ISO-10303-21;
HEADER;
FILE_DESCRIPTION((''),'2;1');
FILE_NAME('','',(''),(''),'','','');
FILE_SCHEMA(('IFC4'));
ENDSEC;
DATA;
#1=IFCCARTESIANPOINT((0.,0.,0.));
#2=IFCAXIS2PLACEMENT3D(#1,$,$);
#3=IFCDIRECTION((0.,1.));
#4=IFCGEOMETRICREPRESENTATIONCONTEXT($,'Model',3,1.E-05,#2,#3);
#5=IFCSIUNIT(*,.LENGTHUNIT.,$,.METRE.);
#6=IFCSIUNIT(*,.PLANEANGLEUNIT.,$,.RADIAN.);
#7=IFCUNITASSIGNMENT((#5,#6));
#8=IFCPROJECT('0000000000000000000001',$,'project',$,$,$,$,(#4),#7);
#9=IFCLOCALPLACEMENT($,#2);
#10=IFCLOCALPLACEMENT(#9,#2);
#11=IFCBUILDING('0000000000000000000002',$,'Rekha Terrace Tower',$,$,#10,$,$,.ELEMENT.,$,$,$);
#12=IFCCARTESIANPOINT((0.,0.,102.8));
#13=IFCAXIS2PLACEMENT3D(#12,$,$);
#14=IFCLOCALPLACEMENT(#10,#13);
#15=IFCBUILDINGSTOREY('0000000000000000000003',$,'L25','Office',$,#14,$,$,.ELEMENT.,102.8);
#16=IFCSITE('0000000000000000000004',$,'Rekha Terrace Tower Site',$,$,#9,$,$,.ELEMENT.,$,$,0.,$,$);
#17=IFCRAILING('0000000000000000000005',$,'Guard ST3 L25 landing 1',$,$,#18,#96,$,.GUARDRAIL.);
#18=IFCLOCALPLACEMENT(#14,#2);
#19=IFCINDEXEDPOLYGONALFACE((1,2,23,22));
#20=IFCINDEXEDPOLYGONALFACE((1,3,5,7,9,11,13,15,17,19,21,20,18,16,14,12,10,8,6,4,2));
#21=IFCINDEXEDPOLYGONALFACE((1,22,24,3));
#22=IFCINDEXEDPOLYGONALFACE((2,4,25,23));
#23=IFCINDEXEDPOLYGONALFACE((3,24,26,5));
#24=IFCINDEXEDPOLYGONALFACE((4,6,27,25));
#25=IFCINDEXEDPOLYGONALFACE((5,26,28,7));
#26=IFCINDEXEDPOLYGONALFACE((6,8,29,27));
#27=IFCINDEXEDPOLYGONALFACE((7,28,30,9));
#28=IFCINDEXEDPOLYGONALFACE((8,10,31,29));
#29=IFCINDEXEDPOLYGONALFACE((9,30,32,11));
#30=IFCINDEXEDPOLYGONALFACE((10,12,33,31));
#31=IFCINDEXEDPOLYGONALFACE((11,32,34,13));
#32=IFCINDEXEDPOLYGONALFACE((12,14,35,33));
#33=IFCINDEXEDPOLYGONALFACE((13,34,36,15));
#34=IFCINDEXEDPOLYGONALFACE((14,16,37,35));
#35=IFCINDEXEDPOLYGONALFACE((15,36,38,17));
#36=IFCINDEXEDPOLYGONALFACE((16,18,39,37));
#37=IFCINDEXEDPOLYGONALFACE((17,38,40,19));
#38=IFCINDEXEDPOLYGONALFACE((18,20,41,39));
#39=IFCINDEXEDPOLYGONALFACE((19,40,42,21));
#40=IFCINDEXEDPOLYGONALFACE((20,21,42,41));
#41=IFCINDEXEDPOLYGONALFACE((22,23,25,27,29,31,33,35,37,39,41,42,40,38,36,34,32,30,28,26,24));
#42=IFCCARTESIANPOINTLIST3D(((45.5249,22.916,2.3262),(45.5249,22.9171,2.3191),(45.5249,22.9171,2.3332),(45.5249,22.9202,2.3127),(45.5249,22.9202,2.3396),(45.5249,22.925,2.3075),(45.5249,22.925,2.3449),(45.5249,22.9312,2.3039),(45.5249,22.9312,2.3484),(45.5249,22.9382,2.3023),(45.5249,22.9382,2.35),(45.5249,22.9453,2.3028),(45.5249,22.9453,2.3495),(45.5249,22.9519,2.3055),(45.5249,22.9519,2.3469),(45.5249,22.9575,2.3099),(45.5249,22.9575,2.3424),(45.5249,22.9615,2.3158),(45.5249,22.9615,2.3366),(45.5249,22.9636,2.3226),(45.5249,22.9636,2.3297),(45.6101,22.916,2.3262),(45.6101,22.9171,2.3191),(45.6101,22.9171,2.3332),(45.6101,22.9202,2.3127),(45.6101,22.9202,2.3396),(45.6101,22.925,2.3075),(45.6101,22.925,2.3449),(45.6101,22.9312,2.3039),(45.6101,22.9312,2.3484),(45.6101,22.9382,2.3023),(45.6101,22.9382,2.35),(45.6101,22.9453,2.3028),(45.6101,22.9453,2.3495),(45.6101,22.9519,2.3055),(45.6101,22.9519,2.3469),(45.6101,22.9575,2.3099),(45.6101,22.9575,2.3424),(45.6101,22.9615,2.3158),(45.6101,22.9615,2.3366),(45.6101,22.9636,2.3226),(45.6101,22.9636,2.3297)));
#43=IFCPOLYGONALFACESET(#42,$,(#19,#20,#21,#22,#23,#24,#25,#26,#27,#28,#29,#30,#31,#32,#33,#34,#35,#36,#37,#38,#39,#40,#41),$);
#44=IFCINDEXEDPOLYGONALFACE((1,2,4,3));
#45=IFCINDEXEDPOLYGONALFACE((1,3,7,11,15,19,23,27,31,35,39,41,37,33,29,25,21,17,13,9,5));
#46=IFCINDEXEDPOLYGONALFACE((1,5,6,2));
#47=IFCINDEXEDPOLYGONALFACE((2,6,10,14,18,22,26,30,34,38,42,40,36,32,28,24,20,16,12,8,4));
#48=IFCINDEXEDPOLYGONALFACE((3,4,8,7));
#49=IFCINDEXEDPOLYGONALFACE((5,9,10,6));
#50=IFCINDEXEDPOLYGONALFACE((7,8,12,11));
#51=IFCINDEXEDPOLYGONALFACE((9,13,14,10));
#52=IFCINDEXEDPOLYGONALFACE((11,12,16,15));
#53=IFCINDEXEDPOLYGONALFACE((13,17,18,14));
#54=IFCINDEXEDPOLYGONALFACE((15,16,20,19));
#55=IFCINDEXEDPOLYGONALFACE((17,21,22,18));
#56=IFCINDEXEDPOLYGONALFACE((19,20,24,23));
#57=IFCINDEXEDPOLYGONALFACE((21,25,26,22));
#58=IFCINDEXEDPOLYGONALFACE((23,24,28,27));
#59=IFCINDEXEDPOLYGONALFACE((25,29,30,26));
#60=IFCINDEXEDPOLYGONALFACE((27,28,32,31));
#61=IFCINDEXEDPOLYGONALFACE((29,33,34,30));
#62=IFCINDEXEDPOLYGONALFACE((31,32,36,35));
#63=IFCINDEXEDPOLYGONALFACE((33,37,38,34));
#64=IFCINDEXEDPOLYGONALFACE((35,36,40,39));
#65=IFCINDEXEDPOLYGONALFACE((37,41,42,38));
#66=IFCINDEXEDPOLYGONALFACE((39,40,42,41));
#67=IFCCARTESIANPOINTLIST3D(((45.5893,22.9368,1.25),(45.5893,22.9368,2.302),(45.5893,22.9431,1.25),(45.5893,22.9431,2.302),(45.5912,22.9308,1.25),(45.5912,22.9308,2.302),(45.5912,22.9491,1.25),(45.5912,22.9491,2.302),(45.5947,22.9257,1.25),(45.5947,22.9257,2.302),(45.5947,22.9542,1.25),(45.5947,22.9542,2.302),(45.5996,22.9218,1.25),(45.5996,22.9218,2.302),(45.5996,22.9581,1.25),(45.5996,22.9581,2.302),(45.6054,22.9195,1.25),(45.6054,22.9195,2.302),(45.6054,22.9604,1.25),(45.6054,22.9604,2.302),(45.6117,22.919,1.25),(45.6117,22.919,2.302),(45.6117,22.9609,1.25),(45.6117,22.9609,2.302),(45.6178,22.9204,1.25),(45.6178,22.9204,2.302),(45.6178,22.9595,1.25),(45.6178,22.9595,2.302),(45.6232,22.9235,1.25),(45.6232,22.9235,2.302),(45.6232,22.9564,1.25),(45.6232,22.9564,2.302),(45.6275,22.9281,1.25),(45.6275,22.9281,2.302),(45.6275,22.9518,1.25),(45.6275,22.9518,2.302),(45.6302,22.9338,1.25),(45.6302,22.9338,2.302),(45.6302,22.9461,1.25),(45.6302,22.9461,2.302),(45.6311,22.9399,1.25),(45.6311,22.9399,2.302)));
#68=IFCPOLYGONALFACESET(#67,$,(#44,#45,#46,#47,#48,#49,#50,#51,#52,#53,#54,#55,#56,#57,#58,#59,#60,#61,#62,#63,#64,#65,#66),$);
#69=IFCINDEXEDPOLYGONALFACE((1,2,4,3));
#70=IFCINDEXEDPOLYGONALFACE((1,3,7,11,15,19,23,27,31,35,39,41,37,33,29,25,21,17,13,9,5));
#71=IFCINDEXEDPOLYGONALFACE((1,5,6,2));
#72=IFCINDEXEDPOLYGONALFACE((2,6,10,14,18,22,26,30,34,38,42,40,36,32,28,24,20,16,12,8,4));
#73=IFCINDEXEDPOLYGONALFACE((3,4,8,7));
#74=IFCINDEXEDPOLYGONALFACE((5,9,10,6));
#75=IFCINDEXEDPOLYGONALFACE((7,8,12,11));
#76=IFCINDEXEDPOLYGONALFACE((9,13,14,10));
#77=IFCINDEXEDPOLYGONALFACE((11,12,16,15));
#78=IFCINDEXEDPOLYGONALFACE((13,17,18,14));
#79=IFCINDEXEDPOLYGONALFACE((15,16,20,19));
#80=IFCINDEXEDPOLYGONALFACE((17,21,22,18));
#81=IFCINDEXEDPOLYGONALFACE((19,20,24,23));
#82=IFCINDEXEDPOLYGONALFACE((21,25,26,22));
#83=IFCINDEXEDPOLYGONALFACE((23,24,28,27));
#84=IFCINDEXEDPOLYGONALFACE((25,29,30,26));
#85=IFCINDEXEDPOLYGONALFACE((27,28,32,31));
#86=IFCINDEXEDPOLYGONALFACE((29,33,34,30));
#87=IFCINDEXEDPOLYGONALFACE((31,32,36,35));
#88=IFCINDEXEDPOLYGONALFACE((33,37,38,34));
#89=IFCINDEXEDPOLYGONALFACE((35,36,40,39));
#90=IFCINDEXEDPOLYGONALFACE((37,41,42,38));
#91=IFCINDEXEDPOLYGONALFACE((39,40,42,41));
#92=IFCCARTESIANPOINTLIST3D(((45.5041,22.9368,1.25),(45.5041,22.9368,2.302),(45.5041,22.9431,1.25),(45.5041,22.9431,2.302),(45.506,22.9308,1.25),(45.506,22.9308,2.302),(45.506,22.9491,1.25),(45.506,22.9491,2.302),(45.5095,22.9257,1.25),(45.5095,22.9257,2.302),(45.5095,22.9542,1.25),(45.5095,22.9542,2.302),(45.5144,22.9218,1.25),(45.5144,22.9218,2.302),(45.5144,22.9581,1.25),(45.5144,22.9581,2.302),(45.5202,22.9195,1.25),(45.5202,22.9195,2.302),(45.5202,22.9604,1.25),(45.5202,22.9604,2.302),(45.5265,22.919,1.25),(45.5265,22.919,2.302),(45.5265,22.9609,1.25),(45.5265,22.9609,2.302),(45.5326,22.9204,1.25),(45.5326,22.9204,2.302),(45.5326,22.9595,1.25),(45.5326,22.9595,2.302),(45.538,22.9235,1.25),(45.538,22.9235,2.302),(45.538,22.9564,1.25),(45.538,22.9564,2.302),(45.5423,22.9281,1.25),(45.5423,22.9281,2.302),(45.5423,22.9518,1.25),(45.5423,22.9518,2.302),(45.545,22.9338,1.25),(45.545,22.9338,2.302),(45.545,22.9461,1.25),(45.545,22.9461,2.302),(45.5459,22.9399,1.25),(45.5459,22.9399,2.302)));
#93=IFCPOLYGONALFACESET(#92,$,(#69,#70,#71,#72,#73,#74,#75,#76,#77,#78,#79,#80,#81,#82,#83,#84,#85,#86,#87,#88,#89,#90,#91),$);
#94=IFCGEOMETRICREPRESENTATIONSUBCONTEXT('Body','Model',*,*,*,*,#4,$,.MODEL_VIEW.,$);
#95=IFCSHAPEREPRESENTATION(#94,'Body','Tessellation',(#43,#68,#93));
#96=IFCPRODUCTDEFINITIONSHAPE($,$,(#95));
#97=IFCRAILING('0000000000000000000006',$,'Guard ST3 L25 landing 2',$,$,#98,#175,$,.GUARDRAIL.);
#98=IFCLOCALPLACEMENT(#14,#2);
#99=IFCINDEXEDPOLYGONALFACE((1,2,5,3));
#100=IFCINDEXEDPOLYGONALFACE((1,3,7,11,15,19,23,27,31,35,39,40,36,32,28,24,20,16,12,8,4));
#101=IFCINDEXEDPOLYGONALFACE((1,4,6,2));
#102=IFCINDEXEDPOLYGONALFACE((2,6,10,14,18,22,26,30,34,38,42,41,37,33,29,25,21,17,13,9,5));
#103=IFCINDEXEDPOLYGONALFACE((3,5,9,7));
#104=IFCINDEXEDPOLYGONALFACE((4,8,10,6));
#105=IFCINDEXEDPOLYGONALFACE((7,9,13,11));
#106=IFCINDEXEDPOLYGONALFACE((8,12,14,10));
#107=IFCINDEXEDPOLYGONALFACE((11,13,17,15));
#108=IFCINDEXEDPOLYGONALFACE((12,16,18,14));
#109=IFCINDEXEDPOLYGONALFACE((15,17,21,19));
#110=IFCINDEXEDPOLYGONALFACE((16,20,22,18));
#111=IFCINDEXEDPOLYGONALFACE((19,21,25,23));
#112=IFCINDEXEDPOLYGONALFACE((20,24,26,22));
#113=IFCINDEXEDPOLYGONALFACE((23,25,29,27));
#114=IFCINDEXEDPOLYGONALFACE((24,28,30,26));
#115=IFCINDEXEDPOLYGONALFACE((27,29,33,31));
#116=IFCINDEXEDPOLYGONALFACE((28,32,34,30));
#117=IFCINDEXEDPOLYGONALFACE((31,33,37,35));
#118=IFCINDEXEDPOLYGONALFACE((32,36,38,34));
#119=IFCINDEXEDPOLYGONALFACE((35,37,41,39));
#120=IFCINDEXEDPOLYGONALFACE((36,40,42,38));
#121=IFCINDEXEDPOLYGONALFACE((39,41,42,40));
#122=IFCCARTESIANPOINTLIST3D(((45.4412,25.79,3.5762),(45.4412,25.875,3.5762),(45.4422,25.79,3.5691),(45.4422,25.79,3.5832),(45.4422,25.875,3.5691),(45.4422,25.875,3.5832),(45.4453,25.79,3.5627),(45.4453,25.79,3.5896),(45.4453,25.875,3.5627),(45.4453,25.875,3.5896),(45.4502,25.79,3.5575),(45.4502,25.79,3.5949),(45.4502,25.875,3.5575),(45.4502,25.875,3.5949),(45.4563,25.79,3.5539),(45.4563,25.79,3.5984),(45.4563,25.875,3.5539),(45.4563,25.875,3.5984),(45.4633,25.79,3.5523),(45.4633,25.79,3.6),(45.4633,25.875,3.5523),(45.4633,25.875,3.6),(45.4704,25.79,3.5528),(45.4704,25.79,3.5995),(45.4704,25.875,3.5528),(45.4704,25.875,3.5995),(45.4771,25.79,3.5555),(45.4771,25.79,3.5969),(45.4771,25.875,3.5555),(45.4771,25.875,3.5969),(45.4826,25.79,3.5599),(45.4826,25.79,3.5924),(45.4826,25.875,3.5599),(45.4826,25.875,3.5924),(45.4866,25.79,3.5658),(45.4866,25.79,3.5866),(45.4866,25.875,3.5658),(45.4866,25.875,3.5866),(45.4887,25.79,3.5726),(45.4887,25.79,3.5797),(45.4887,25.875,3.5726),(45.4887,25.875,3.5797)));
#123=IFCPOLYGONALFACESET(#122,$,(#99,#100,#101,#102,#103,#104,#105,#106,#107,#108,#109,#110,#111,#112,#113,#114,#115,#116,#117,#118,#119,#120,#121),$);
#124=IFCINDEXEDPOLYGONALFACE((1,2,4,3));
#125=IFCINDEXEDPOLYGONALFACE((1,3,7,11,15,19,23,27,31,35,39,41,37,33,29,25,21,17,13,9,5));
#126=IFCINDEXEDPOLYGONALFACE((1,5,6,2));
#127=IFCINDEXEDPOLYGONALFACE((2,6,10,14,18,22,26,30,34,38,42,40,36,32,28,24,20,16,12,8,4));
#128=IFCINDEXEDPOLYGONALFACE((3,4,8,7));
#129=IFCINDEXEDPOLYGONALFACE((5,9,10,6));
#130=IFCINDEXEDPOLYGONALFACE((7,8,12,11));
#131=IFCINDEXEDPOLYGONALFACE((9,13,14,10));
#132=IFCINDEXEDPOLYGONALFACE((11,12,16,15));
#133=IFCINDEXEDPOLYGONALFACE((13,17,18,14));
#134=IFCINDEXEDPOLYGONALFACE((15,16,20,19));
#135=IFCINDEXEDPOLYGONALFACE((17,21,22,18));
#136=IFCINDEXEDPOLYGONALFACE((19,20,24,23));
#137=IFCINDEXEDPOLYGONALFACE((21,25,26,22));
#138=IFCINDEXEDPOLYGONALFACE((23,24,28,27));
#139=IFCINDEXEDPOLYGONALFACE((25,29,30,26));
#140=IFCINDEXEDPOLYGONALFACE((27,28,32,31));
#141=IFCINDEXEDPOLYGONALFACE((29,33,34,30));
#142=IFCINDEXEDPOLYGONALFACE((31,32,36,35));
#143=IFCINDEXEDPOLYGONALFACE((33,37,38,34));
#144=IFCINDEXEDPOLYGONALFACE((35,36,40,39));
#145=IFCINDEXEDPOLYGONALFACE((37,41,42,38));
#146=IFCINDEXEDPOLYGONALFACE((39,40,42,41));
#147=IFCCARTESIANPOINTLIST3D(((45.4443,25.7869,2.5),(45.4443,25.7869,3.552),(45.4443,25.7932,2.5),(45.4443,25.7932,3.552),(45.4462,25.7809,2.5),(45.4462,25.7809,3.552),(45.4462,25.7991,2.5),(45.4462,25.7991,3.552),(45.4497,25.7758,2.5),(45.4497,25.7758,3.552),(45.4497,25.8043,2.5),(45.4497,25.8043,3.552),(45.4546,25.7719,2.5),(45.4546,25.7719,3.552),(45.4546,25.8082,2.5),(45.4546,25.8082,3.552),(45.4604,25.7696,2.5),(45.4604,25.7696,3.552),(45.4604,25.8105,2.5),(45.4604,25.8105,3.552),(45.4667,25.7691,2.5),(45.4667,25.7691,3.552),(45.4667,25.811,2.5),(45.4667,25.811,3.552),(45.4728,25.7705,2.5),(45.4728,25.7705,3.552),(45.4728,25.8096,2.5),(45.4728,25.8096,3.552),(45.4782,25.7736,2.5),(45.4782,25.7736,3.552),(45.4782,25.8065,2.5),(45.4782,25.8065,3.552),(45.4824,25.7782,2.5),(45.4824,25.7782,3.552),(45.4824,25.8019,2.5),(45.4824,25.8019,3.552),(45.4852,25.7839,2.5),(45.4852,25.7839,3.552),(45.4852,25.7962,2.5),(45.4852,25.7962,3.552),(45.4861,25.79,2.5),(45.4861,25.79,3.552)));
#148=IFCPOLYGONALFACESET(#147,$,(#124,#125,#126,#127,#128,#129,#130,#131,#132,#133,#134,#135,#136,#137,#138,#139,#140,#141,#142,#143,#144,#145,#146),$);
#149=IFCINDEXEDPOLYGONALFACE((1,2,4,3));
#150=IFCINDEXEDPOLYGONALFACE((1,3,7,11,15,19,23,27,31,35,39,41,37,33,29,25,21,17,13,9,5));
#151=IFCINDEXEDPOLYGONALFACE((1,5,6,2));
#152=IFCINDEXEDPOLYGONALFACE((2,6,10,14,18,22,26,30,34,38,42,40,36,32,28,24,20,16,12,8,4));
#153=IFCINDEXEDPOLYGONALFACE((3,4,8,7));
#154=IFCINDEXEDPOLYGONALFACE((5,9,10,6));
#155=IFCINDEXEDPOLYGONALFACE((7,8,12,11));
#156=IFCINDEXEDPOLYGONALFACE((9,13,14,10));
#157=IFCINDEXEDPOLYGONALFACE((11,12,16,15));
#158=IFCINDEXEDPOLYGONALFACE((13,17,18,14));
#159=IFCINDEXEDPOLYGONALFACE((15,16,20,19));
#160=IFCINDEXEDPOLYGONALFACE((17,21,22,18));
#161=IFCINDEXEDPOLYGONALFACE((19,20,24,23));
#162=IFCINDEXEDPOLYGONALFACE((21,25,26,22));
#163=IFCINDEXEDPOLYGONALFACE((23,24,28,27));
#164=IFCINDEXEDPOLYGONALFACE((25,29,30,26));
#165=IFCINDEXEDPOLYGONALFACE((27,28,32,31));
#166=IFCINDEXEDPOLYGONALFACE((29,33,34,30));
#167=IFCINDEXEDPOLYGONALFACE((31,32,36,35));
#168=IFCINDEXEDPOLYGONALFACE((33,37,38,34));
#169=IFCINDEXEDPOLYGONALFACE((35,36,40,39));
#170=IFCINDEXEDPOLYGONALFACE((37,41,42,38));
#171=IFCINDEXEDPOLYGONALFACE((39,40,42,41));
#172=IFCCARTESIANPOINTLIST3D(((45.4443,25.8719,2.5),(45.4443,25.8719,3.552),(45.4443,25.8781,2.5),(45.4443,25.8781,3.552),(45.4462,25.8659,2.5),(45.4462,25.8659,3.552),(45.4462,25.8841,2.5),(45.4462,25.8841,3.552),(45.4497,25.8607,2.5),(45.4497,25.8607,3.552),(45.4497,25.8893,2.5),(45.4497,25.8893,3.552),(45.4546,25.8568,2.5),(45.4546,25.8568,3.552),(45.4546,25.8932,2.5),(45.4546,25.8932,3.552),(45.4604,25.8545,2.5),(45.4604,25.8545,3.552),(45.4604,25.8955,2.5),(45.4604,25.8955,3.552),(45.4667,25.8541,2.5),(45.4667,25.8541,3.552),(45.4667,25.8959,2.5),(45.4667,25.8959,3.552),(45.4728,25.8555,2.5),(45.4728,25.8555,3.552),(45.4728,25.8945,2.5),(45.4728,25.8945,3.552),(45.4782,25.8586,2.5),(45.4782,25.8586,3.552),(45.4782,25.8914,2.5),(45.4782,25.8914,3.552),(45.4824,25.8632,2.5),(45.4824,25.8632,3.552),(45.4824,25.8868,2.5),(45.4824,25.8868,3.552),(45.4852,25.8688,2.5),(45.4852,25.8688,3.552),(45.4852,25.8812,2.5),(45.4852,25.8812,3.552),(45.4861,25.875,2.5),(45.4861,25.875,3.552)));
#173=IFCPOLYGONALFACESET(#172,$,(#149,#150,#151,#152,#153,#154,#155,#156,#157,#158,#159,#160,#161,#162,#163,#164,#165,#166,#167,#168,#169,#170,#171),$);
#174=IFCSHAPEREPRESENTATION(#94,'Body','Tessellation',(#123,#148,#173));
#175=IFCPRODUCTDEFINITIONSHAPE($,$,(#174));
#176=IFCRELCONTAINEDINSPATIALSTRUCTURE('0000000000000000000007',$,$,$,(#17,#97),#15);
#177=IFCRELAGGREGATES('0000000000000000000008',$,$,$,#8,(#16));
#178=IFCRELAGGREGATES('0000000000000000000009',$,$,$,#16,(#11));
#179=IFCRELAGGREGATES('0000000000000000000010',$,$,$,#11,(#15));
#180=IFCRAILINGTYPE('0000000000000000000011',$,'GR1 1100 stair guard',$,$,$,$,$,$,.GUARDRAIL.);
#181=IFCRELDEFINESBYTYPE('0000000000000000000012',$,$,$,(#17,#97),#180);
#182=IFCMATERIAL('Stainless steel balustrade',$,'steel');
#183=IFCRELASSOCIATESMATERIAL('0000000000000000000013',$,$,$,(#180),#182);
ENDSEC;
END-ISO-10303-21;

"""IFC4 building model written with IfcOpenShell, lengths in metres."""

from ifc_helpers import new_model, si_unit, direction, frame, origin, origin_2d, place, context, subcontext, project, spatial, circle, extrude, material, type_object, element, save


model = new_model("IFC4")

# Units and contexts
model_context = context("Model", 3, precision=1e-05, world=origin(), true_north=direction((0.0, 1.0)))
body_context = subcontext(model_context, "Body", "Model", "MODEL_VIEW")
ifc_project = project(units=[si_unit("LENGTHUNIT", "METRE"), si_unit("PLANEANGLEUNIT", "RADIAN")], contexts=[model_context])

# Site, building, storey
site_placement = place(None, origin())
site = spatial("IfcSite", under=ifc_project, at=site_placement, Name="Rekha Terrace Tower Site", CompositionType="ELEMENT", RefElevation=0.0)
building_placement = place(site_placement, origin())
building = spatial("IfcBuilding", under=site, at=building_placement, Name="Rekha Terrace Tower", CompositionType="ELEMENT")
storey_placement = place(building_placement, frame((0.0, 0.0, 102.8)))
storey = spatial("IfcBuildingStorey", under=building, at=storey_placement, Name="L25", Description="Office", CompositionType="ELEMENT", Elevation=102.8)

# Railings
ifc_material_1 = material(Name="Stainless steel balustrade", Category="steel")
railing_type_1 = type_object("IfcRailingType", Name="GR1 1100 stair guard", PredefinedType="GUARDRAIL", material=ifc_material_1)
railing_1_placement = place(storey_placement, frame((45.6101, 22.9399, 1.25)))
element("IfcRailing", 1, at=railing_1_placement, inside=storey, type_object=railing_type_1, Name="Guard ST3 L25 landing 1", PredefinedType="GUARDRAIL", context=body_context, shape_type="SweptSolid", body=[
    extrude(circle(Radius=0.0239, at=origin_2d()), frame((0.0, 0.0, 1.0762), z_axis=(-1.0, 0.0, 0.0), x_axis=(0.0, -1.0, 0.0)), (0.0, 0.0, 1.0), 0.0852),
    extrude(circle(Radius=0.021, at=origin_2d()), origin(), (0.0, 0.0, 1.0), 1.052),
    extrude(circle(Radius=0.021, at=origin_2d()), frame((-0.0852, 0.0, 0.0)), (0.0, 0.0, 1.0), 1.052),
])
railing_2_placement = place(storey_placement, frame((45.4651, 25.79, 2.5)))
element("IfcRailing", 2, at=railing_2_placement, inside=storey, type_object=railing_type_1, Name="Guard ST3 L25 landing 2", PredefinedType="GUARDRAIL", context=body_context, shape_type="SweptSolid", body=[
    extrude(circle(Radius=0.0239, at=origin_2d()), frame((0.0, 0.0, 1.0762), z_axis=(0.0, 1.0, 0.0), x_axis=(-1.0, 0.0, 0.0)), (0.0, 0.0, 1.0), 0.085),
    extrude(circle(Radius=0.021, at=origin_2d()), origin(), (0.0, 0.0, 1.0), 1.052),
    extrude(circle(Radius=0.021, at=origin_2d()), frame((0.0, 0.085, 0.0)), (0.0, 0.0, 1.0), 1.052),
])

save(model, "model.ifc")
